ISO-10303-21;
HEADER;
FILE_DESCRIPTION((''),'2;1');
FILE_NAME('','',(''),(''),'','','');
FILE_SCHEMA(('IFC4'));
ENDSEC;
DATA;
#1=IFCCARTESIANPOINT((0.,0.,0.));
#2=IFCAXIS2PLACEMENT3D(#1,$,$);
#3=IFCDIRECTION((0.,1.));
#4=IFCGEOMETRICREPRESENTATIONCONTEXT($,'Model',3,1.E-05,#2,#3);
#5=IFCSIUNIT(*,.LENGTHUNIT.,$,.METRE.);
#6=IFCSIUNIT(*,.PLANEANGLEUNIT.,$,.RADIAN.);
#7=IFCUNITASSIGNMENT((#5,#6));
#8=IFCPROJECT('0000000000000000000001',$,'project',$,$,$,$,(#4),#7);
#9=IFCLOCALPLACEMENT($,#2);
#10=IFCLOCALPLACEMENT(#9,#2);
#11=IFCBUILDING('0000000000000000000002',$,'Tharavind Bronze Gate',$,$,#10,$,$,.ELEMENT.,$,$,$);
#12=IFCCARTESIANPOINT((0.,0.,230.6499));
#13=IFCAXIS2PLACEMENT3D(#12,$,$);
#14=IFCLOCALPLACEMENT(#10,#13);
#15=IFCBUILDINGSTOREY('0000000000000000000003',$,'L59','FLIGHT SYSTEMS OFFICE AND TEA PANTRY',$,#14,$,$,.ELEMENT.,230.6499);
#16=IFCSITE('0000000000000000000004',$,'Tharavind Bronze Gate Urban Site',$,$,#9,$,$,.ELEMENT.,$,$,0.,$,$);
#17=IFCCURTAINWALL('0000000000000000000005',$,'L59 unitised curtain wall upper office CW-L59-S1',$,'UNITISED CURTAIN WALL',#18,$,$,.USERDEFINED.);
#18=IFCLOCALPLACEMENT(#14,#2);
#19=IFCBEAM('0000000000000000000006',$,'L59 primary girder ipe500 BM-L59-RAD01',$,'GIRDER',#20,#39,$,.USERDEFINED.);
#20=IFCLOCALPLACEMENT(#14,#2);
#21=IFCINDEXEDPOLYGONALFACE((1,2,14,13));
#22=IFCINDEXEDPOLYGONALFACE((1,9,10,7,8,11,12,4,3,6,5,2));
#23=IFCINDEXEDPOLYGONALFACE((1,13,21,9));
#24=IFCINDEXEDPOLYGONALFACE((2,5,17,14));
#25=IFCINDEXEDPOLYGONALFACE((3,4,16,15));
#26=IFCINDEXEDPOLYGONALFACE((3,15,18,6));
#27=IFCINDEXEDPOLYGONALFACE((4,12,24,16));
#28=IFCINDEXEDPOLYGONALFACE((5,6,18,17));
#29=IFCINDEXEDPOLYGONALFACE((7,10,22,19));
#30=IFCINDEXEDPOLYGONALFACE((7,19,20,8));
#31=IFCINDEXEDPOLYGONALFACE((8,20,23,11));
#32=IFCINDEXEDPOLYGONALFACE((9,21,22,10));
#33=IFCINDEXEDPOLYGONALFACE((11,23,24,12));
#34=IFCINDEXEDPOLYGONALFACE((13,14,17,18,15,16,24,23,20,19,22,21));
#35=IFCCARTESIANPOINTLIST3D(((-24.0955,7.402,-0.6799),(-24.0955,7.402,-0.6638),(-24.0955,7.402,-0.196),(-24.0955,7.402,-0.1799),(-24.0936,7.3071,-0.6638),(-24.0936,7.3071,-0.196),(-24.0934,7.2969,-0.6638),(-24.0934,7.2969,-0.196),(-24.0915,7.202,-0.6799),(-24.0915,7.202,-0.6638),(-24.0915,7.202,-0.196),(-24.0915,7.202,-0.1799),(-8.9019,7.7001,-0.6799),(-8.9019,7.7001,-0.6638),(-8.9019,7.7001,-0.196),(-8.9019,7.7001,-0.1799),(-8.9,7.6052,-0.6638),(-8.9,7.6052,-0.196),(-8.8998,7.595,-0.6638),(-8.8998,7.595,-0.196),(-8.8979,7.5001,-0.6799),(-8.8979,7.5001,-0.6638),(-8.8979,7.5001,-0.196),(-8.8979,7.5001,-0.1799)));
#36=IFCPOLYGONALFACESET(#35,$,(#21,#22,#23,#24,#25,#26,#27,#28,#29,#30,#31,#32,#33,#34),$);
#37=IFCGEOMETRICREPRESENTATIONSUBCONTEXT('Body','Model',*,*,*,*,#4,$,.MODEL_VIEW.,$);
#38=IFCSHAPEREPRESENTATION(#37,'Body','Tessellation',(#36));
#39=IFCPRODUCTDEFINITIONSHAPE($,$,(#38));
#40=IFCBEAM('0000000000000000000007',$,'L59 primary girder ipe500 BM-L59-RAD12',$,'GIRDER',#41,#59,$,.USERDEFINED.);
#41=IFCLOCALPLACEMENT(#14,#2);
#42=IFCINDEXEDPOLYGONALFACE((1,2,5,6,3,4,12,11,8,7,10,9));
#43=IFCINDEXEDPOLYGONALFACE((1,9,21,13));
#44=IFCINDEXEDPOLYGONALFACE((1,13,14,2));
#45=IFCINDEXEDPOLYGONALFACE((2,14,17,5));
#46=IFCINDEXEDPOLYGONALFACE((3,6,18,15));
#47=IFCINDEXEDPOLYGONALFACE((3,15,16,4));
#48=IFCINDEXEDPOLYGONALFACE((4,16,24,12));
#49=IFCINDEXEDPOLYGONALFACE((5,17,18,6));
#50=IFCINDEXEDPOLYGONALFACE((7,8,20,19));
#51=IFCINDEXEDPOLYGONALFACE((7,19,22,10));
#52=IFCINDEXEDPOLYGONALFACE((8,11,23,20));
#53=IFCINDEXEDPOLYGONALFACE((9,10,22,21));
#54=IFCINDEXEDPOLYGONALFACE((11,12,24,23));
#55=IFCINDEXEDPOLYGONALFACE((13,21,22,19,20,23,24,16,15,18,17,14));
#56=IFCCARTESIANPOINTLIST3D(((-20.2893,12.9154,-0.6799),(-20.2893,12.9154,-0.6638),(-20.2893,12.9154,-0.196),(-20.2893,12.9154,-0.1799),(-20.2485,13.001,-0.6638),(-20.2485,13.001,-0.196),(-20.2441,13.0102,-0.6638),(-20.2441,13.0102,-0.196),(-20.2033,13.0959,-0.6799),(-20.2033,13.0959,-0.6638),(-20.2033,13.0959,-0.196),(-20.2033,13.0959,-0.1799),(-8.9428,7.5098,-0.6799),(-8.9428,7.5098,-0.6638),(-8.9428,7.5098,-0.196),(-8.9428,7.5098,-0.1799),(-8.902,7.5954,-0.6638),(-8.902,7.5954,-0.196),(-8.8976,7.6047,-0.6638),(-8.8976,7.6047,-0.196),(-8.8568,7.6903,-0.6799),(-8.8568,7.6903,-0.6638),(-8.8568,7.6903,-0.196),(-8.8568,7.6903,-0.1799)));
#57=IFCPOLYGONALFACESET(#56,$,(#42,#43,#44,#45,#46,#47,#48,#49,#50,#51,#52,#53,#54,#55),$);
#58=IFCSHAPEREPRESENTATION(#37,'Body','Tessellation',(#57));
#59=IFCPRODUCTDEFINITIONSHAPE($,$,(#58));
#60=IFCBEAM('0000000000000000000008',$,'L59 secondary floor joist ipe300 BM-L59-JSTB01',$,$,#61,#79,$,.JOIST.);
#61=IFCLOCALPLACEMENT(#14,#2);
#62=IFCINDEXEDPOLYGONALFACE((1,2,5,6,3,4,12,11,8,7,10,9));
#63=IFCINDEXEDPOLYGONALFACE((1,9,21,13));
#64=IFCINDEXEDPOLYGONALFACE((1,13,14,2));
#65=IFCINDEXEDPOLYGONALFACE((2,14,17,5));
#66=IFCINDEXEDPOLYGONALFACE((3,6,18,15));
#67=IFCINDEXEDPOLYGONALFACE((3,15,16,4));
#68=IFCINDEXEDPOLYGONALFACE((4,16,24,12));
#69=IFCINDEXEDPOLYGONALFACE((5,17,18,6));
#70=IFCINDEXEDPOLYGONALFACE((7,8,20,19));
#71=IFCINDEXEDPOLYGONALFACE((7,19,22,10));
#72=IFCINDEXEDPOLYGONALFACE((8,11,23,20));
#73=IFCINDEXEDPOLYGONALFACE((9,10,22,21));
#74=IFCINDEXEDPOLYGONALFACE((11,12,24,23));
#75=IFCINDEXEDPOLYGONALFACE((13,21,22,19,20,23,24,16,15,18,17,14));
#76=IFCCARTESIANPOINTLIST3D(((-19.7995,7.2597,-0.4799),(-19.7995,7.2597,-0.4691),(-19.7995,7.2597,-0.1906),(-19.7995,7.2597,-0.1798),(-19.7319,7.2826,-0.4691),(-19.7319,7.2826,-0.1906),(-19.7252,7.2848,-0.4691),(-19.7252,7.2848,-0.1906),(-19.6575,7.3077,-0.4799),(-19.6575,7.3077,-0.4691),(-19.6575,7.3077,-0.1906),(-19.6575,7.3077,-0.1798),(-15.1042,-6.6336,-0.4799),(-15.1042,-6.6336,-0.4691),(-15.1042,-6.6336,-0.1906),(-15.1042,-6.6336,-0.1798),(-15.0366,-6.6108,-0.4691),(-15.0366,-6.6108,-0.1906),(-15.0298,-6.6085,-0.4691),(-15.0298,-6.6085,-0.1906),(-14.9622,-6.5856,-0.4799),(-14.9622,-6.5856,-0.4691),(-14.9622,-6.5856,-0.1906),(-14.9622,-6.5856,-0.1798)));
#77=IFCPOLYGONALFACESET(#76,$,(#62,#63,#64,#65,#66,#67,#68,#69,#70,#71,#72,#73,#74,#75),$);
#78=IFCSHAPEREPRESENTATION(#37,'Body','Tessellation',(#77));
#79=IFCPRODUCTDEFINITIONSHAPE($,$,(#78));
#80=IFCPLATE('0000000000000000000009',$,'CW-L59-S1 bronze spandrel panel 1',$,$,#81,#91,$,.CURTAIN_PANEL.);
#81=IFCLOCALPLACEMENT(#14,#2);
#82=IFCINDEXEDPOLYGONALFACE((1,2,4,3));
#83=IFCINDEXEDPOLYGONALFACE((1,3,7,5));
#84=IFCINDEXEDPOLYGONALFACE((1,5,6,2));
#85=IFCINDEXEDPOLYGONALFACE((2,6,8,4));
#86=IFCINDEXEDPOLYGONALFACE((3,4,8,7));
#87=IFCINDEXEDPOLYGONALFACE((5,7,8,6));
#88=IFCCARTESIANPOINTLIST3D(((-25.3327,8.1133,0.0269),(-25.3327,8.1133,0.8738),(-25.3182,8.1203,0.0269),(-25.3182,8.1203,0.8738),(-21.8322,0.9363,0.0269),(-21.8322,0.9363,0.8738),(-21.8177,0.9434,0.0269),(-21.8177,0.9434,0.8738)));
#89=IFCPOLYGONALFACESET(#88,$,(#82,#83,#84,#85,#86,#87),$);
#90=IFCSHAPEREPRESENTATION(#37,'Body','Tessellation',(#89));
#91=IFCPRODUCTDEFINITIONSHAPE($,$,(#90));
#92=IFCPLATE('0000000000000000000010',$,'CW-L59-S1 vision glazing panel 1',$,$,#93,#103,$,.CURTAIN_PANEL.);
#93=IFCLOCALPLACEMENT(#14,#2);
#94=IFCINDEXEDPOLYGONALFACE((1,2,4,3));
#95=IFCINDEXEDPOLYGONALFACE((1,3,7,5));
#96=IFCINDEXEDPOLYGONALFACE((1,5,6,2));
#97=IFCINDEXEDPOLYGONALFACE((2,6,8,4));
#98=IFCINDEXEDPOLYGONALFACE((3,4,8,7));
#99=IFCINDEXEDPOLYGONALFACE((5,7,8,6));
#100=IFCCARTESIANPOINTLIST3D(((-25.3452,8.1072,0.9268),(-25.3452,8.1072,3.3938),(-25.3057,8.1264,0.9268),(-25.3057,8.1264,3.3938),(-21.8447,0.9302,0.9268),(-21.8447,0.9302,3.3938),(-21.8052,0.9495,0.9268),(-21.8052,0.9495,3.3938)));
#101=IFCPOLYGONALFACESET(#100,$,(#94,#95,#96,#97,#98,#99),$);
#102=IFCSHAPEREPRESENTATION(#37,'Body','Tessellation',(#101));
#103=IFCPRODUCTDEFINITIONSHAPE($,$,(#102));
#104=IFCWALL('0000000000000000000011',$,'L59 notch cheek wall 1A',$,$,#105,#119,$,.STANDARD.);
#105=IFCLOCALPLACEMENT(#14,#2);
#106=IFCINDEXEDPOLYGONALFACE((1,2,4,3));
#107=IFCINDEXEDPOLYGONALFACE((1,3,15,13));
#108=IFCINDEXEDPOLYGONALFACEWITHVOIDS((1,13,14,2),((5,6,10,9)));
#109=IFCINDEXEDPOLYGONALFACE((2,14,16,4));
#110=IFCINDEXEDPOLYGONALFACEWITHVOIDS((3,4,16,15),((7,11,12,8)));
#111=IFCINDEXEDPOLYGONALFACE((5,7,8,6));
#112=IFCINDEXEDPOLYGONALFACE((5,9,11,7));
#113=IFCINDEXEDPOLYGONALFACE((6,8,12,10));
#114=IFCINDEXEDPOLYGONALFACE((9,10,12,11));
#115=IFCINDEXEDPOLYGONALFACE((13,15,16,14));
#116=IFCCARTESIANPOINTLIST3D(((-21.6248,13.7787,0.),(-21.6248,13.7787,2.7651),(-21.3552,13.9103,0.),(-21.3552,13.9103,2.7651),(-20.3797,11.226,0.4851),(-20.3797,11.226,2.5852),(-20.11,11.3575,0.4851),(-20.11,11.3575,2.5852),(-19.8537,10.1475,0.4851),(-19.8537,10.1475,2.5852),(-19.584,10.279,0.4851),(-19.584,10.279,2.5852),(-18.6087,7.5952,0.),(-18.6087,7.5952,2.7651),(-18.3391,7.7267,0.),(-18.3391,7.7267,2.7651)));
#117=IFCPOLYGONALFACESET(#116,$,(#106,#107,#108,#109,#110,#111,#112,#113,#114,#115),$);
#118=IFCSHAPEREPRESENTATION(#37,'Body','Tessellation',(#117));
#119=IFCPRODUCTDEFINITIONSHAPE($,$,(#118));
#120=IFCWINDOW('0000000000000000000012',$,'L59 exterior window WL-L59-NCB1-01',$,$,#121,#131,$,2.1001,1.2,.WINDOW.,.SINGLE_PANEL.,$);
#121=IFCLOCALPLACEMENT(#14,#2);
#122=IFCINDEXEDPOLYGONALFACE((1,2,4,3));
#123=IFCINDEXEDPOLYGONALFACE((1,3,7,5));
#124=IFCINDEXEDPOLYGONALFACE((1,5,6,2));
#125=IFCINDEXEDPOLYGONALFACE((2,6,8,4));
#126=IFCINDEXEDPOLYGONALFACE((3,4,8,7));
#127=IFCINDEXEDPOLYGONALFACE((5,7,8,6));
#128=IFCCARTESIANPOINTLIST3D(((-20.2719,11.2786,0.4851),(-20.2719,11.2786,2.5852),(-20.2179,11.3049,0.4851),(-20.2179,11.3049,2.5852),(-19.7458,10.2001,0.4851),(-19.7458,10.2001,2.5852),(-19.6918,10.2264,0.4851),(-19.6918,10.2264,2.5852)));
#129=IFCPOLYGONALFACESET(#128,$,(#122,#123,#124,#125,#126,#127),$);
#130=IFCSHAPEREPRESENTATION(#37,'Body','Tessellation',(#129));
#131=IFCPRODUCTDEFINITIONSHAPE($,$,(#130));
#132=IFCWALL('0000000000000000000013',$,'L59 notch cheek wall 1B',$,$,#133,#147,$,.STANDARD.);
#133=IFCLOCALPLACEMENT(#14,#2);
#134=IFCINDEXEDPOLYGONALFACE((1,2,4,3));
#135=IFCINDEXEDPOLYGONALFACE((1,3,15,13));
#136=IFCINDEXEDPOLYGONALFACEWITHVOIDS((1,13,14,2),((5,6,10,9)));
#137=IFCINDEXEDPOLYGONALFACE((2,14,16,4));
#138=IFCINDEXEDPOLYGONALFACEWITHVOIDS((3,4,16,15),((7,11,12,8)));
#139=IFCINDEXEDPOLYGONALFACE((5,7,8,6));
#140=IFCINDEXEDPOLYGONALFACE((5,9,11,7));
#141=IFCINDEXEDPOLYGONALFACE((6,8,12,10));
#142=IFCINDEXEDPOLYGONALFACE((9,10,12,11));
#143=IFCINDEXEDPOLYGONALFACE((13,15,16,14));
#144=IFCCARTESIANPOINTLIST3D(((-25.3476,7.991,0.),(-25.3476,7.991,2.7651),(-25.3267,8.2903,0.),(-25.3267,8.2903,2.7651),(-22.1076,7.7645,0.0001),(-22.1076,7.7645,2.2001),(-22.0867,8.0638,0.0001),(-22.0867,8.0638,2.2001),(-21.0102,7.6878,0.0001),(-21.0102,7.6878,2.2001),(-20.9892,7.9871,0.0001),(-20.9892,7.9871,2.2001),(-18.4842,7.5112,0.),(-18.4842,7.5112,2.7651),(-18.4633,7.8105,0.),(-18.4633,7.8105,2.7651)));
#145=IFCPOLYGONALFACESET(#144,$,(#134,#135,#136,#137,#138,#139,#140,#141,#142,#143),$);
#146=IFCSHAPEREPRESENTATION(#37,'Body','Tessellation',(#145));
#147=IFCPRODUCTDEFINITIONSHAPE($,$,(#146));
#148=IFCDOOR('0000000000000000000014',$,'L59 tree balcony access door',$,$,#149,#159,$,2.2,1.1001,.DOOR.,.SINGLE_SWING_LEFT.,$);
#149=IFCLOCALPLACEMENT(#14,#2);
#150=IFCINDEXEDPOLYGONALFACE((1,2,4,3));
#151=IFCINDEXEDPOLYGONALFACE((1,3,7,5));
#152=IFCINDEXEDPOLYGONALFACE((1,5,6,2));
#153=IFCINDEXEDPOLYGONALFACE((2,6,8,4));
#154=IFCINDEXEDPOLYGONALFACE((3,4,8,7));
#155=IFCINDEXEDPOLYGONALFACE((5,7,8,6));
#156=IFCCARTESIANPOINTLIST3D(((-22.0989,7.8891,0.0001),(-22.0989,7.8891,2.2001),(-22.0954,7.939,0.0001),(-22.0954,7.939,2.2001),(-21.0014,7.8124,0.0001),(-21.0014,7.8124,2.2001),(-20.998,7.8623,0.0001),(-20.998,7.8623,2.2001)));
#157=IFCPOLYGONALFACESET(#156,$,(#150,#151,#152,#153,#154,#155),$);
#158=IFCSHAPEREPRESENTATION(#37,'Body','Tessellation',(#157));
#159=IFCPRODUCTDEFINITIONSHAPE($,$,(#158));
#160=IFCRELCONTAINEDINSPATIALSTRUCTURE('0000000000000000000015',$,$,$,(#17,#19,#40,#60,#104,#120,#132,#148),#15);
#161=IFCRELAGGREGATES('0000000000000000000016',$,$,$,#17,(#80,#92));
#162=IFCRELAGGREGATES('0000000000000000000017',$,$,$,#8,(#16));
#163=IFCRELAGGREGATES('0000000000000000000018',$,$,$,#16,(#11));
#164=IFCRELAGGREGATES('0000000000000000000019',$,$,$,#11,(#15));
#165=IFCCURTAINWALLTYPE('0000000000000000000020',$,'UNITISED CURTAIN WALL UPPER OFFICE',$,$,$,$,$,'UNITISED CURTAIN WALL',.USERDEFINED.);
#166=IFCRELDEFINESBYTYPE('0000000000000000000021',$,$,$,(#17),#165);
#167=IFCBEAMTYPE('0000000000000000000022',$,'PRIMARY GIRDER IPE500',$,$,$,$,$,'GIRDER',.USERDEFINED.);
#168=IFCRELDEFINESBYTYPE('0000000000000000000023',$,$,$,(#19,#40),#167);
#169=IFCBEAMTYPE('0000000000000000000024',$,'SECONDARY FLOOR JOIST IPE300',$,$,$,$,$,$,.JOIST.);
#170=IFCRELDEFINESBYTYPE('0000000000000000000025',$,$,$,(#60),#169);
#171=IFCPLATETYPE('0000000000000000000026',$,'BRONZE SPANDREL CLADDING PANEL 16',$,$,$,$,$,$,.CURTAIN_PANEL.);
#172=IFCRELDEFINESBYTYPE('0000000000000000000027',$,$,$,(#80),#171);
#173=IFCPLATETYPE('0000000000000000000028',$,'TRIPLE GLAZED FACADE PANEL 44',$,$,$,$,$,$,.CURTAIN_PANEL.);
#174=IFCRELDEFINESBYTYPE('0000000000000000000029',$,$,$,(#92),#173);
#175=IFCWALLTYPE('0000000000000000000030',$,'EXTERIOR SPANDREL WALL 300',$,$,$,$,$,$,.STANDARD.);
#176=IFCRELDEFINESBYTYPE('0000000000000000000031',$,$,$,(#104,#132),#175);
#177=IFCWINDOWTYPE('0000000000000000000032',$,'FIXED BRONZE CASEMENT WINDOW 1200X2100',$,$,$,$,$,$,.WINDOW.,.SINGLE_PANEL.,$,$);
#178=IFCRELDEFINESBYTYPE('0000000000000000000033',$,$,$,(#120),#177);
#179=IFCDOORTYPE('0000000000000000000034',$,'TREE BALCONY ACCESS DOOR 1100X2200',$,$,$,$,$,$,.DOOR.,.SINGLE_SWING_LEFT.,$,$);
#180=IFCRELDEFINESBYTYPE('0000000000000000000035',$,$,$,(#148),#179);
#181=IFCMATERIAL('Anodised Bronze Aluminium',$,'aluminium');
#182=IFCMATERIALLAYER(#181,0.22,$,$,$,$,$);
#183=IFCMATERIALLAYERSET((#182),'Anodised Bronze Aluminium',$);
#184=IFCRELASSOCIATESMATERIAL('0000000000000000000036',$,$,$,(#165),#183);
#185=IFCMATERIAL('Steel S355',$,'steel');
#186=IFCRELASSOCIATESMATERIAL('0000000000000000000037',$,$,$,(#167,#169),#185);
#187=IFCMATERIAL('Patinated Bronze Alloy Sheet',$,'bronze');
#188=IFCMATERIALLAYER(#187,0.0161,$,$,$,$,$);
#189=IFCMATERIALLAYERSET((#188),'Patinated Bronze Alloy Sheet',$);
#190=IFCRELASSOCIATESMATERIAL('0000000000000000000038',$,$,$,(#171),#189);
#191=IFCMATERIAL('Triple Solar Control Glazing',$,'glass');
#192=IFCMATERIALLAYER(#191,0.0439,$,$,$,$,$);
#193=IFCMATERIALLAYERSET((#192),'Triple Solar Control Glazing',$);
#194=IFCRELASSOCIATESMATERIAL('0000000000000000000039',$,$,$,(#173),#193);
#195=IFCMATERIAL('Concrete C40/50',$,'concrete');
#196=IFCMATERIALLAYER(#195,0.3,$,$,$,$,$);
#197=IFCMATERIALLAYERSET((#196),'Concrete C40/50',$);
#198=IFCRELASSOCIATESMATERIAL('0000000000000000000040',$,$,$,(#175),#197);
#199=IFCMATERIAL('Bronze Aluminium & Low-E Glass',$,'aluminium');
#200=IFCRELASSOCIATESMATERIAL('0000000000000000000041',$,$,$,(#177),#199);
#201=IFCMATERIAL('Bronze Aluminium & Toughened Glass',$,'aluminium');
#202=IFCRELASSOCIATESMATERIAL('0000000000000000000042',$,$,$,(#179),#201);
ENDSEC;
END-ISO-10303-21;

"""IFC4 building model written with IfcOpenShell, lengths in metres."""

from ifc_helpers import new_model, si_unit, direction, frame, frame_2d, origin, origin_2d, place, context, subcontext, project, spatial, rectangle, i_section, extrude, material, layer, layer_set, material_profile, profile_set, type_object, element, fill, aggregate, save


model = new_model("IFC4")

# Units and contexts
model_context = context("Model", 3, precision=1e-05, world=origin(), true_north=direction((0.0, 1.0)))
body_context = subcontext(model_context, "Body", "Model", "MODEL_VIEW")
ifc_project = project(units=[si_unit("LENGTHUNIT", "METRE"), si_unit("PLANEANGLEUNIT", "RADIAN")], contexts=[model_context])

# Site, building, storey
site_placement = place(None, origin())
site = spatial("IfcSite", under=ifc_project, at=site_placement, Name="Tharavind Bronze Gate Urban Site", CompositionType="ELEMENT", RefElevation=0.0)
building_placement = place(site_placement, origin())
building = spatial("IfcBuilding", under=site, at=building_placement, Name="Tharavind Bronze Gate", CompositionType="ELEMENT")
storey_placement = place(building_placement, frame((0.0, 0.0, 230.6499)))
storey = spatial("IfcBuildingStorey", under=building, at=storey_placement, Name="L59", Description="FLIGHT SYSTEMS OFFICE AND TEA PANTRY", CompositionType="ELEMENT", Elevation=230.6499)

# Curtain wall
ifc_material_1 = material(Name="Anodised Bronze Aluminium", Category="aluminium")
ifc_layer_1 = layer(ifc_material_1, 0.22)
ifc_layer_set_1 = layer_set([ifc_layer_1], Name="Anodised Bronze Aluminium")
curtain_wall_type = type_object("IfcCurtainWallType", Name="UNITISED CURTAIN WALL UPPER OFFICE", ElementType="UNITISED CURTAIN WALL", PredefinedType="USERDEFINED", material=ifc_layer_set_1)
curtain_wall_1_placement = place(storey_placement, origin())
curtain_wall_1 = element("IfcCurtainWall", 1, at=curtain_wall_1_placement, inside=storey, type_object=curtain_wall_type, Name="L59 unitised curtain wall upper office CW-L59-S1", ObjectType="UNITISED CURTAIN WALL", PredefinedType="USERDEFINED")

# Beams
ifc_material_2 = material(Name="Steel S355", Category="steel")
ifc_material_profile_1 = material_profile(ifc_material_2, i_section(OverallWidth=0.2, OverallDepth=0.5, WebThickness=0.0103, FlangeThickness=0.0161, at=origin_2d()), Name="IPE500")
ifc_profile_set_1 = profile_set([ifc_material_profile_1], Name="Steel S355")
beam_type_1 = type_object("IfcBeamType", Name="PRIMARY GIRDER IPE500", ElementType="GIRDER", PredefinedType="USERDEFINED", material=ifc_profile_set_1)
beam_1_placement = place(storey_placement, frame((-24.0935, 7.302, -0.4299), z_axis=(0.999808, 0.019616, 0.0), x_axis=(-0.019616, 0.999808, 0.0)))
element("IfcBeam", 2, at=beam_1_placement, inside=storey, type_object=beam_type_1, Name="L59 primary girder ipe500 BM-L59-RAD01", ObjectType="GIRDER", PredefinedType="USERDEFINED", context=body_context, shape_type="SweptSolid", body=[
    extrude(i_section(OverallWidth=0.2, OverallDepth=0.5, WebThickness=0.0103, FlangeThickness=0.0161, at=origin_2d()), origin(), (0.0, 0.0, 1.0), 15.1965),
])
beam_2_placement = place(storey_placement, frame((-20.2463, 13.0056, -0.4299), z_axis=(0.902785, -0.430093, 0.0), x_axis=(0.430093, 0.902785, 0.0)))
element("IfcBeam", 3, at=beam_2_placement, inside=storey, type_object=beam_type_1, Name="L59 primary girder ipe500 BM-L59-RAD12", ObjectType="GIRDER", PredefinedType="USERDEFINED", context=body_context, shape_type="SweptSolid", body=[
    extrude(i_section(OverallWidth=0.2, OverallDepth=0.5, WebThickness=0.0103, FlangeThickness=0.0161, at=origin_2d()), origin(), (0.0, 0.0, 1.0), 12.5684),
])
ifc_material_profile_2 = material_profile(ifc_material_2, i_section(OverallWidth=0.1499, OverallDepth=0.3, WebThickness=0.0071, FlangeThickness=0.0107, at=origin_2d()), Name="IPE300")
ifc_profile_set_2 = profile_set([ifc_material_profile_2], Name="Steel S355")
beam_type_2 = type_object("IfcBeamType", Name="SECONDARY FLOOR JOIST IPE300", PredefinedType="JOIST", material=ifc_profile_set_2)
beam_3_placement = place(storey_placement, frame((-19.7285, 7.2837, -0.3298), z_axis=(0.320166, -0.947362, 0.0), x_axis=(0.947362, 0.320166, 0.0)))
element("IfcBeam", 4, at=beam_3_placement, inside=storey, type_object=beam_type_2, Name="L59 secondary floor joist ipe300 BM-L59-JSTB01", PredefinedType="JOIST", context=body_context, shape_type="SweptSolid", body=[
    extrude(i_section(OverallWidth=0.1499, OverallDepth=0.3, WebThickness=0.0071, FlangeThickness=0.0107, at=origin_2d()), origin(), (0.0, 0.0, 1.0), 14.6653),
])

# Plates
ifc_material_3 = material(Name="Patinated Bronze Alloy Sheet", Category="bronze")
ifc_layer_2 = layer(ifc_material_3, 0.0161)
ifc_layer_set_2 = layer_set([ifc_layer_2], Name="Patinated Bronze Alloy Sheet")
plate_type_1 = type_object("IfcPlateType", Name="BRONZE SPANDREL CLADDING PANEL 16", PredefinedType="CURTAIN_PANEL", material=ifc_layer_set_2)
plate_1_placement = place(storey_placement, frame((-23.5752, 4.5283, 0.0269), z_axis=(0.0, 0.0, 1.0), x_axis=(0.438371, -0.898794, 0.0)))
plate_1 = element("IfcPlate", 5, at=plate_1_placement, type_object=plate_type_1, Name="CW-L59-S1 bronze spandrel panel 1", PredefinedType="CURTAIN_PANEL", context=body_context, shape_type="SweptSolid", body=[
    extrude(rectangle(XDim=7.9851, YDim=0.0161, at=origin_2d()), origin(), (0.0, 0.0, 1.0), 0.8469),
])
ifc_material_4 = material(Name="Triple Solar Control Glazing", Category="glass")
ifc_layer_3 = layer(ifc_material_4, 0.0439)
ifc_layer_set_3 = layer_set([ifc_layer_3], Name="Triple Solar Control Glazing")
plate_type_2 = type_object("IfcPlateType", Name="TRIPLE GLAZED FACADE PANEL 44", PredefinedType="CURTAIN_PANEL", material=ifc_layer_set_3)
plate_2_placement = place(storey_placement, frame((-23.5752, 4.5283, 0.9268), z_axis=(0.0, 0.0, 1.0), x_axis=(0.438371, -0.898794, 0.0)))
plate_2 = element("IfcPlate", 6, at=plate_2_placement, type_object=plate_type_2, Name="CW-L59-S1 vision glazing panel 1", PredefinedType="CURTAIN_PANEL", context=body_context, shape_type="SweptSolid", body=[
    extrude(rectangle(XDim=7.9851, YDim=0.0439, at=origin_2d()), origin(), (0.0, 0.0, 1.0), 2.467),
])
aggregate(curtain_wall_1, [plate_1, plate_2])

# Wall, opening, window
ifc_material_5 = material(Name="Concrete C40/50", Category="concrete")
ifc_layer_4 = layer(ifc_material_5, 0.3)
ifc_layer_set_4 = layer_set([ifc_layer_4], Name="Concrete C40/50")
wall_type = type_object("IfcWallType", Name="EXTERIOR SPANDREL WALL 300", PredefinedType="STANDARD", material=ifc_layer_set_4)
wall_1_placement = place(storey_placement, frame((-21.49, 13.8445, 0.0), z_axis=(0.0, 0.0, 1.0), x_axis=(0.438391, -0.898784, 0.0)))
wall_1 = element("IfcWall", 7, at=wall_1_placement, inside=storey, type_object=wall_type, Name="L59 notch cheek wall 1A", PredefinedType="STANDARD", context=body_context, shape_type="SweptSolid", body=[
    extrude(rectangle(XDim=6.8799, YDim=0.3, at=frame_2d((3.4399, 0.0))), origin(), (0.0, 0.0, 1.0), 2.7651),
])
opening_1_placement = place(wall_1_placement, frame((2.8401, 0.0, 0.4851)))
opening_1 = element("IfcOpeningElement", 8, at=opening_1_placement, cuts=wall_1, PredefinedType="OPENING", context=body_context, shape_type="SweptSolid", body=[
    extrude(rectangle(XDim=1.2, YDim=2.1001, at=frame_2d((0.6001, 1.05))), frame((0.0, 0.1599, 0.0), z_axis=(0.0, -1.0, 0.0), x_axis=(1.0, 0.0, 0.0)), (0.0, 0.0, 1.0), 0.32),
])
ifc_material_6 = material(Name="Bronze Aluminium & Low-E Glass", Category="aluminium")
window_type = type_object("IfcWindowType", Name="FIXED BRONZE CASEMENT WINDOW 1200X2100", PartitioningType="SINGLE_PANEL", PredefinedType="WINDOW", material=ifc_material_6)
window_placement = place(opening_1_placement, origin())
window = element("IfcWindow", 9, at=window_placement, inside=storey, type_object=window_type, Name="L59 exterior window WL-L59-NCB1-01", OverallHeight=2.1001, OverallWidth=1.2, PartitioningType="SINGLE_PANEL", PredefinedType="WINDOW", context=body_context, shape_type="SweptSolid", body=[
    extrude(rectangle(XDim=1.2, YDim=2.1001, at=frame_2d((0.6001, 1.05))), frame((0.0, 0.03, 0.0), z_axis=(0.0, -1.0, 0.0), x_axis=(1.0, 0.0, 0.0)), (0.0, 0.0, 1.0), 0.0601),
])
fill(opening_1, window)

# Wall, opening, door
wall_2_placement = place(storey_placement, frame((-18.4739, 7.6609, 0.0), z_axis=(0.0, 0.0, 1.0), x_axis=(-0.997566, 0.069729, 0.0)))
wall_2 = element("IfcWall", 10, at=wall_2_placement, inside=storey, type_object=wall_type, Name="L59 notch cheek wall 1B", PredefinedType="STANDARD", context=body_context, shape_type="SweptSolid", body=[
    extrude(rectangle(XDim=6.8801, YDim=0.3, at=frame_2d((3.4399, 0.0))), origin(), (0.0, 0.0, 1.0), 2.7651),
])
opening_2_placement = place(wall_2_placement, frame((2.532, 0.0, 0.0)))
opening_2 = element("IfcOpeningElement", 11, at=opening_2_placement, cuts=wall_2, PredefinedType="OPENING", context=body_context, shape_type="SweptSolid", body=[
    extrude(rectangle(XDim=1.1001, YDim=2.2, at=frame_2d((0.55, 1.1001))), frame((0.0, 0.1599, 0.0), z_axis=(0.0, -1.0, 0.0), x_axis=(1.0, 0.0, 0.0)), (0.0, 0.0, 1.0), 0.32),
])
ifc_material_7 = material(Name="Bronze Aluminium & Toughened Glass", Category="aluminium")
door_type = type_object("IfcDoorType", Name="TREE BALCONY ACCESS DOOR 1100X2200", OperationType="SINGLE_SWING_LEFT", PredefinedType="DOOR", material=ifc_material_7)
door_placement = place(opening_2_placement, frame((1.1001, 0.0, 0.0), z_axis=(0.0, 0.0, 1.0), x_axis=(-1.0, 0.0, 0.0)))
door = element("IfcDoor", 12, at=door_placement, inside=storey, type_object=door_type, Name="L59 tree balcony access door", OperationType="SINGLE_SWING_LEFT", OverallHeight=2.2, OverallWidth=1.1001, PredefinedType="DOOR", context=body_context, shape_type="SweptSolid", body=[
    extrude(rectangle(XDim=1.1001, YDim=2.2, at=frame_2d((0.55, 1.1001))), frame((0.0, 0.0249, 0.0), z_axis=(0.0, -1.0, 0.0), x_axis=(1.0, 0.0, 0.0)), (0.0, 0.0, 1.0), 0.05),
])
fill(opening_2, door)

save(model, "model.ifc")
